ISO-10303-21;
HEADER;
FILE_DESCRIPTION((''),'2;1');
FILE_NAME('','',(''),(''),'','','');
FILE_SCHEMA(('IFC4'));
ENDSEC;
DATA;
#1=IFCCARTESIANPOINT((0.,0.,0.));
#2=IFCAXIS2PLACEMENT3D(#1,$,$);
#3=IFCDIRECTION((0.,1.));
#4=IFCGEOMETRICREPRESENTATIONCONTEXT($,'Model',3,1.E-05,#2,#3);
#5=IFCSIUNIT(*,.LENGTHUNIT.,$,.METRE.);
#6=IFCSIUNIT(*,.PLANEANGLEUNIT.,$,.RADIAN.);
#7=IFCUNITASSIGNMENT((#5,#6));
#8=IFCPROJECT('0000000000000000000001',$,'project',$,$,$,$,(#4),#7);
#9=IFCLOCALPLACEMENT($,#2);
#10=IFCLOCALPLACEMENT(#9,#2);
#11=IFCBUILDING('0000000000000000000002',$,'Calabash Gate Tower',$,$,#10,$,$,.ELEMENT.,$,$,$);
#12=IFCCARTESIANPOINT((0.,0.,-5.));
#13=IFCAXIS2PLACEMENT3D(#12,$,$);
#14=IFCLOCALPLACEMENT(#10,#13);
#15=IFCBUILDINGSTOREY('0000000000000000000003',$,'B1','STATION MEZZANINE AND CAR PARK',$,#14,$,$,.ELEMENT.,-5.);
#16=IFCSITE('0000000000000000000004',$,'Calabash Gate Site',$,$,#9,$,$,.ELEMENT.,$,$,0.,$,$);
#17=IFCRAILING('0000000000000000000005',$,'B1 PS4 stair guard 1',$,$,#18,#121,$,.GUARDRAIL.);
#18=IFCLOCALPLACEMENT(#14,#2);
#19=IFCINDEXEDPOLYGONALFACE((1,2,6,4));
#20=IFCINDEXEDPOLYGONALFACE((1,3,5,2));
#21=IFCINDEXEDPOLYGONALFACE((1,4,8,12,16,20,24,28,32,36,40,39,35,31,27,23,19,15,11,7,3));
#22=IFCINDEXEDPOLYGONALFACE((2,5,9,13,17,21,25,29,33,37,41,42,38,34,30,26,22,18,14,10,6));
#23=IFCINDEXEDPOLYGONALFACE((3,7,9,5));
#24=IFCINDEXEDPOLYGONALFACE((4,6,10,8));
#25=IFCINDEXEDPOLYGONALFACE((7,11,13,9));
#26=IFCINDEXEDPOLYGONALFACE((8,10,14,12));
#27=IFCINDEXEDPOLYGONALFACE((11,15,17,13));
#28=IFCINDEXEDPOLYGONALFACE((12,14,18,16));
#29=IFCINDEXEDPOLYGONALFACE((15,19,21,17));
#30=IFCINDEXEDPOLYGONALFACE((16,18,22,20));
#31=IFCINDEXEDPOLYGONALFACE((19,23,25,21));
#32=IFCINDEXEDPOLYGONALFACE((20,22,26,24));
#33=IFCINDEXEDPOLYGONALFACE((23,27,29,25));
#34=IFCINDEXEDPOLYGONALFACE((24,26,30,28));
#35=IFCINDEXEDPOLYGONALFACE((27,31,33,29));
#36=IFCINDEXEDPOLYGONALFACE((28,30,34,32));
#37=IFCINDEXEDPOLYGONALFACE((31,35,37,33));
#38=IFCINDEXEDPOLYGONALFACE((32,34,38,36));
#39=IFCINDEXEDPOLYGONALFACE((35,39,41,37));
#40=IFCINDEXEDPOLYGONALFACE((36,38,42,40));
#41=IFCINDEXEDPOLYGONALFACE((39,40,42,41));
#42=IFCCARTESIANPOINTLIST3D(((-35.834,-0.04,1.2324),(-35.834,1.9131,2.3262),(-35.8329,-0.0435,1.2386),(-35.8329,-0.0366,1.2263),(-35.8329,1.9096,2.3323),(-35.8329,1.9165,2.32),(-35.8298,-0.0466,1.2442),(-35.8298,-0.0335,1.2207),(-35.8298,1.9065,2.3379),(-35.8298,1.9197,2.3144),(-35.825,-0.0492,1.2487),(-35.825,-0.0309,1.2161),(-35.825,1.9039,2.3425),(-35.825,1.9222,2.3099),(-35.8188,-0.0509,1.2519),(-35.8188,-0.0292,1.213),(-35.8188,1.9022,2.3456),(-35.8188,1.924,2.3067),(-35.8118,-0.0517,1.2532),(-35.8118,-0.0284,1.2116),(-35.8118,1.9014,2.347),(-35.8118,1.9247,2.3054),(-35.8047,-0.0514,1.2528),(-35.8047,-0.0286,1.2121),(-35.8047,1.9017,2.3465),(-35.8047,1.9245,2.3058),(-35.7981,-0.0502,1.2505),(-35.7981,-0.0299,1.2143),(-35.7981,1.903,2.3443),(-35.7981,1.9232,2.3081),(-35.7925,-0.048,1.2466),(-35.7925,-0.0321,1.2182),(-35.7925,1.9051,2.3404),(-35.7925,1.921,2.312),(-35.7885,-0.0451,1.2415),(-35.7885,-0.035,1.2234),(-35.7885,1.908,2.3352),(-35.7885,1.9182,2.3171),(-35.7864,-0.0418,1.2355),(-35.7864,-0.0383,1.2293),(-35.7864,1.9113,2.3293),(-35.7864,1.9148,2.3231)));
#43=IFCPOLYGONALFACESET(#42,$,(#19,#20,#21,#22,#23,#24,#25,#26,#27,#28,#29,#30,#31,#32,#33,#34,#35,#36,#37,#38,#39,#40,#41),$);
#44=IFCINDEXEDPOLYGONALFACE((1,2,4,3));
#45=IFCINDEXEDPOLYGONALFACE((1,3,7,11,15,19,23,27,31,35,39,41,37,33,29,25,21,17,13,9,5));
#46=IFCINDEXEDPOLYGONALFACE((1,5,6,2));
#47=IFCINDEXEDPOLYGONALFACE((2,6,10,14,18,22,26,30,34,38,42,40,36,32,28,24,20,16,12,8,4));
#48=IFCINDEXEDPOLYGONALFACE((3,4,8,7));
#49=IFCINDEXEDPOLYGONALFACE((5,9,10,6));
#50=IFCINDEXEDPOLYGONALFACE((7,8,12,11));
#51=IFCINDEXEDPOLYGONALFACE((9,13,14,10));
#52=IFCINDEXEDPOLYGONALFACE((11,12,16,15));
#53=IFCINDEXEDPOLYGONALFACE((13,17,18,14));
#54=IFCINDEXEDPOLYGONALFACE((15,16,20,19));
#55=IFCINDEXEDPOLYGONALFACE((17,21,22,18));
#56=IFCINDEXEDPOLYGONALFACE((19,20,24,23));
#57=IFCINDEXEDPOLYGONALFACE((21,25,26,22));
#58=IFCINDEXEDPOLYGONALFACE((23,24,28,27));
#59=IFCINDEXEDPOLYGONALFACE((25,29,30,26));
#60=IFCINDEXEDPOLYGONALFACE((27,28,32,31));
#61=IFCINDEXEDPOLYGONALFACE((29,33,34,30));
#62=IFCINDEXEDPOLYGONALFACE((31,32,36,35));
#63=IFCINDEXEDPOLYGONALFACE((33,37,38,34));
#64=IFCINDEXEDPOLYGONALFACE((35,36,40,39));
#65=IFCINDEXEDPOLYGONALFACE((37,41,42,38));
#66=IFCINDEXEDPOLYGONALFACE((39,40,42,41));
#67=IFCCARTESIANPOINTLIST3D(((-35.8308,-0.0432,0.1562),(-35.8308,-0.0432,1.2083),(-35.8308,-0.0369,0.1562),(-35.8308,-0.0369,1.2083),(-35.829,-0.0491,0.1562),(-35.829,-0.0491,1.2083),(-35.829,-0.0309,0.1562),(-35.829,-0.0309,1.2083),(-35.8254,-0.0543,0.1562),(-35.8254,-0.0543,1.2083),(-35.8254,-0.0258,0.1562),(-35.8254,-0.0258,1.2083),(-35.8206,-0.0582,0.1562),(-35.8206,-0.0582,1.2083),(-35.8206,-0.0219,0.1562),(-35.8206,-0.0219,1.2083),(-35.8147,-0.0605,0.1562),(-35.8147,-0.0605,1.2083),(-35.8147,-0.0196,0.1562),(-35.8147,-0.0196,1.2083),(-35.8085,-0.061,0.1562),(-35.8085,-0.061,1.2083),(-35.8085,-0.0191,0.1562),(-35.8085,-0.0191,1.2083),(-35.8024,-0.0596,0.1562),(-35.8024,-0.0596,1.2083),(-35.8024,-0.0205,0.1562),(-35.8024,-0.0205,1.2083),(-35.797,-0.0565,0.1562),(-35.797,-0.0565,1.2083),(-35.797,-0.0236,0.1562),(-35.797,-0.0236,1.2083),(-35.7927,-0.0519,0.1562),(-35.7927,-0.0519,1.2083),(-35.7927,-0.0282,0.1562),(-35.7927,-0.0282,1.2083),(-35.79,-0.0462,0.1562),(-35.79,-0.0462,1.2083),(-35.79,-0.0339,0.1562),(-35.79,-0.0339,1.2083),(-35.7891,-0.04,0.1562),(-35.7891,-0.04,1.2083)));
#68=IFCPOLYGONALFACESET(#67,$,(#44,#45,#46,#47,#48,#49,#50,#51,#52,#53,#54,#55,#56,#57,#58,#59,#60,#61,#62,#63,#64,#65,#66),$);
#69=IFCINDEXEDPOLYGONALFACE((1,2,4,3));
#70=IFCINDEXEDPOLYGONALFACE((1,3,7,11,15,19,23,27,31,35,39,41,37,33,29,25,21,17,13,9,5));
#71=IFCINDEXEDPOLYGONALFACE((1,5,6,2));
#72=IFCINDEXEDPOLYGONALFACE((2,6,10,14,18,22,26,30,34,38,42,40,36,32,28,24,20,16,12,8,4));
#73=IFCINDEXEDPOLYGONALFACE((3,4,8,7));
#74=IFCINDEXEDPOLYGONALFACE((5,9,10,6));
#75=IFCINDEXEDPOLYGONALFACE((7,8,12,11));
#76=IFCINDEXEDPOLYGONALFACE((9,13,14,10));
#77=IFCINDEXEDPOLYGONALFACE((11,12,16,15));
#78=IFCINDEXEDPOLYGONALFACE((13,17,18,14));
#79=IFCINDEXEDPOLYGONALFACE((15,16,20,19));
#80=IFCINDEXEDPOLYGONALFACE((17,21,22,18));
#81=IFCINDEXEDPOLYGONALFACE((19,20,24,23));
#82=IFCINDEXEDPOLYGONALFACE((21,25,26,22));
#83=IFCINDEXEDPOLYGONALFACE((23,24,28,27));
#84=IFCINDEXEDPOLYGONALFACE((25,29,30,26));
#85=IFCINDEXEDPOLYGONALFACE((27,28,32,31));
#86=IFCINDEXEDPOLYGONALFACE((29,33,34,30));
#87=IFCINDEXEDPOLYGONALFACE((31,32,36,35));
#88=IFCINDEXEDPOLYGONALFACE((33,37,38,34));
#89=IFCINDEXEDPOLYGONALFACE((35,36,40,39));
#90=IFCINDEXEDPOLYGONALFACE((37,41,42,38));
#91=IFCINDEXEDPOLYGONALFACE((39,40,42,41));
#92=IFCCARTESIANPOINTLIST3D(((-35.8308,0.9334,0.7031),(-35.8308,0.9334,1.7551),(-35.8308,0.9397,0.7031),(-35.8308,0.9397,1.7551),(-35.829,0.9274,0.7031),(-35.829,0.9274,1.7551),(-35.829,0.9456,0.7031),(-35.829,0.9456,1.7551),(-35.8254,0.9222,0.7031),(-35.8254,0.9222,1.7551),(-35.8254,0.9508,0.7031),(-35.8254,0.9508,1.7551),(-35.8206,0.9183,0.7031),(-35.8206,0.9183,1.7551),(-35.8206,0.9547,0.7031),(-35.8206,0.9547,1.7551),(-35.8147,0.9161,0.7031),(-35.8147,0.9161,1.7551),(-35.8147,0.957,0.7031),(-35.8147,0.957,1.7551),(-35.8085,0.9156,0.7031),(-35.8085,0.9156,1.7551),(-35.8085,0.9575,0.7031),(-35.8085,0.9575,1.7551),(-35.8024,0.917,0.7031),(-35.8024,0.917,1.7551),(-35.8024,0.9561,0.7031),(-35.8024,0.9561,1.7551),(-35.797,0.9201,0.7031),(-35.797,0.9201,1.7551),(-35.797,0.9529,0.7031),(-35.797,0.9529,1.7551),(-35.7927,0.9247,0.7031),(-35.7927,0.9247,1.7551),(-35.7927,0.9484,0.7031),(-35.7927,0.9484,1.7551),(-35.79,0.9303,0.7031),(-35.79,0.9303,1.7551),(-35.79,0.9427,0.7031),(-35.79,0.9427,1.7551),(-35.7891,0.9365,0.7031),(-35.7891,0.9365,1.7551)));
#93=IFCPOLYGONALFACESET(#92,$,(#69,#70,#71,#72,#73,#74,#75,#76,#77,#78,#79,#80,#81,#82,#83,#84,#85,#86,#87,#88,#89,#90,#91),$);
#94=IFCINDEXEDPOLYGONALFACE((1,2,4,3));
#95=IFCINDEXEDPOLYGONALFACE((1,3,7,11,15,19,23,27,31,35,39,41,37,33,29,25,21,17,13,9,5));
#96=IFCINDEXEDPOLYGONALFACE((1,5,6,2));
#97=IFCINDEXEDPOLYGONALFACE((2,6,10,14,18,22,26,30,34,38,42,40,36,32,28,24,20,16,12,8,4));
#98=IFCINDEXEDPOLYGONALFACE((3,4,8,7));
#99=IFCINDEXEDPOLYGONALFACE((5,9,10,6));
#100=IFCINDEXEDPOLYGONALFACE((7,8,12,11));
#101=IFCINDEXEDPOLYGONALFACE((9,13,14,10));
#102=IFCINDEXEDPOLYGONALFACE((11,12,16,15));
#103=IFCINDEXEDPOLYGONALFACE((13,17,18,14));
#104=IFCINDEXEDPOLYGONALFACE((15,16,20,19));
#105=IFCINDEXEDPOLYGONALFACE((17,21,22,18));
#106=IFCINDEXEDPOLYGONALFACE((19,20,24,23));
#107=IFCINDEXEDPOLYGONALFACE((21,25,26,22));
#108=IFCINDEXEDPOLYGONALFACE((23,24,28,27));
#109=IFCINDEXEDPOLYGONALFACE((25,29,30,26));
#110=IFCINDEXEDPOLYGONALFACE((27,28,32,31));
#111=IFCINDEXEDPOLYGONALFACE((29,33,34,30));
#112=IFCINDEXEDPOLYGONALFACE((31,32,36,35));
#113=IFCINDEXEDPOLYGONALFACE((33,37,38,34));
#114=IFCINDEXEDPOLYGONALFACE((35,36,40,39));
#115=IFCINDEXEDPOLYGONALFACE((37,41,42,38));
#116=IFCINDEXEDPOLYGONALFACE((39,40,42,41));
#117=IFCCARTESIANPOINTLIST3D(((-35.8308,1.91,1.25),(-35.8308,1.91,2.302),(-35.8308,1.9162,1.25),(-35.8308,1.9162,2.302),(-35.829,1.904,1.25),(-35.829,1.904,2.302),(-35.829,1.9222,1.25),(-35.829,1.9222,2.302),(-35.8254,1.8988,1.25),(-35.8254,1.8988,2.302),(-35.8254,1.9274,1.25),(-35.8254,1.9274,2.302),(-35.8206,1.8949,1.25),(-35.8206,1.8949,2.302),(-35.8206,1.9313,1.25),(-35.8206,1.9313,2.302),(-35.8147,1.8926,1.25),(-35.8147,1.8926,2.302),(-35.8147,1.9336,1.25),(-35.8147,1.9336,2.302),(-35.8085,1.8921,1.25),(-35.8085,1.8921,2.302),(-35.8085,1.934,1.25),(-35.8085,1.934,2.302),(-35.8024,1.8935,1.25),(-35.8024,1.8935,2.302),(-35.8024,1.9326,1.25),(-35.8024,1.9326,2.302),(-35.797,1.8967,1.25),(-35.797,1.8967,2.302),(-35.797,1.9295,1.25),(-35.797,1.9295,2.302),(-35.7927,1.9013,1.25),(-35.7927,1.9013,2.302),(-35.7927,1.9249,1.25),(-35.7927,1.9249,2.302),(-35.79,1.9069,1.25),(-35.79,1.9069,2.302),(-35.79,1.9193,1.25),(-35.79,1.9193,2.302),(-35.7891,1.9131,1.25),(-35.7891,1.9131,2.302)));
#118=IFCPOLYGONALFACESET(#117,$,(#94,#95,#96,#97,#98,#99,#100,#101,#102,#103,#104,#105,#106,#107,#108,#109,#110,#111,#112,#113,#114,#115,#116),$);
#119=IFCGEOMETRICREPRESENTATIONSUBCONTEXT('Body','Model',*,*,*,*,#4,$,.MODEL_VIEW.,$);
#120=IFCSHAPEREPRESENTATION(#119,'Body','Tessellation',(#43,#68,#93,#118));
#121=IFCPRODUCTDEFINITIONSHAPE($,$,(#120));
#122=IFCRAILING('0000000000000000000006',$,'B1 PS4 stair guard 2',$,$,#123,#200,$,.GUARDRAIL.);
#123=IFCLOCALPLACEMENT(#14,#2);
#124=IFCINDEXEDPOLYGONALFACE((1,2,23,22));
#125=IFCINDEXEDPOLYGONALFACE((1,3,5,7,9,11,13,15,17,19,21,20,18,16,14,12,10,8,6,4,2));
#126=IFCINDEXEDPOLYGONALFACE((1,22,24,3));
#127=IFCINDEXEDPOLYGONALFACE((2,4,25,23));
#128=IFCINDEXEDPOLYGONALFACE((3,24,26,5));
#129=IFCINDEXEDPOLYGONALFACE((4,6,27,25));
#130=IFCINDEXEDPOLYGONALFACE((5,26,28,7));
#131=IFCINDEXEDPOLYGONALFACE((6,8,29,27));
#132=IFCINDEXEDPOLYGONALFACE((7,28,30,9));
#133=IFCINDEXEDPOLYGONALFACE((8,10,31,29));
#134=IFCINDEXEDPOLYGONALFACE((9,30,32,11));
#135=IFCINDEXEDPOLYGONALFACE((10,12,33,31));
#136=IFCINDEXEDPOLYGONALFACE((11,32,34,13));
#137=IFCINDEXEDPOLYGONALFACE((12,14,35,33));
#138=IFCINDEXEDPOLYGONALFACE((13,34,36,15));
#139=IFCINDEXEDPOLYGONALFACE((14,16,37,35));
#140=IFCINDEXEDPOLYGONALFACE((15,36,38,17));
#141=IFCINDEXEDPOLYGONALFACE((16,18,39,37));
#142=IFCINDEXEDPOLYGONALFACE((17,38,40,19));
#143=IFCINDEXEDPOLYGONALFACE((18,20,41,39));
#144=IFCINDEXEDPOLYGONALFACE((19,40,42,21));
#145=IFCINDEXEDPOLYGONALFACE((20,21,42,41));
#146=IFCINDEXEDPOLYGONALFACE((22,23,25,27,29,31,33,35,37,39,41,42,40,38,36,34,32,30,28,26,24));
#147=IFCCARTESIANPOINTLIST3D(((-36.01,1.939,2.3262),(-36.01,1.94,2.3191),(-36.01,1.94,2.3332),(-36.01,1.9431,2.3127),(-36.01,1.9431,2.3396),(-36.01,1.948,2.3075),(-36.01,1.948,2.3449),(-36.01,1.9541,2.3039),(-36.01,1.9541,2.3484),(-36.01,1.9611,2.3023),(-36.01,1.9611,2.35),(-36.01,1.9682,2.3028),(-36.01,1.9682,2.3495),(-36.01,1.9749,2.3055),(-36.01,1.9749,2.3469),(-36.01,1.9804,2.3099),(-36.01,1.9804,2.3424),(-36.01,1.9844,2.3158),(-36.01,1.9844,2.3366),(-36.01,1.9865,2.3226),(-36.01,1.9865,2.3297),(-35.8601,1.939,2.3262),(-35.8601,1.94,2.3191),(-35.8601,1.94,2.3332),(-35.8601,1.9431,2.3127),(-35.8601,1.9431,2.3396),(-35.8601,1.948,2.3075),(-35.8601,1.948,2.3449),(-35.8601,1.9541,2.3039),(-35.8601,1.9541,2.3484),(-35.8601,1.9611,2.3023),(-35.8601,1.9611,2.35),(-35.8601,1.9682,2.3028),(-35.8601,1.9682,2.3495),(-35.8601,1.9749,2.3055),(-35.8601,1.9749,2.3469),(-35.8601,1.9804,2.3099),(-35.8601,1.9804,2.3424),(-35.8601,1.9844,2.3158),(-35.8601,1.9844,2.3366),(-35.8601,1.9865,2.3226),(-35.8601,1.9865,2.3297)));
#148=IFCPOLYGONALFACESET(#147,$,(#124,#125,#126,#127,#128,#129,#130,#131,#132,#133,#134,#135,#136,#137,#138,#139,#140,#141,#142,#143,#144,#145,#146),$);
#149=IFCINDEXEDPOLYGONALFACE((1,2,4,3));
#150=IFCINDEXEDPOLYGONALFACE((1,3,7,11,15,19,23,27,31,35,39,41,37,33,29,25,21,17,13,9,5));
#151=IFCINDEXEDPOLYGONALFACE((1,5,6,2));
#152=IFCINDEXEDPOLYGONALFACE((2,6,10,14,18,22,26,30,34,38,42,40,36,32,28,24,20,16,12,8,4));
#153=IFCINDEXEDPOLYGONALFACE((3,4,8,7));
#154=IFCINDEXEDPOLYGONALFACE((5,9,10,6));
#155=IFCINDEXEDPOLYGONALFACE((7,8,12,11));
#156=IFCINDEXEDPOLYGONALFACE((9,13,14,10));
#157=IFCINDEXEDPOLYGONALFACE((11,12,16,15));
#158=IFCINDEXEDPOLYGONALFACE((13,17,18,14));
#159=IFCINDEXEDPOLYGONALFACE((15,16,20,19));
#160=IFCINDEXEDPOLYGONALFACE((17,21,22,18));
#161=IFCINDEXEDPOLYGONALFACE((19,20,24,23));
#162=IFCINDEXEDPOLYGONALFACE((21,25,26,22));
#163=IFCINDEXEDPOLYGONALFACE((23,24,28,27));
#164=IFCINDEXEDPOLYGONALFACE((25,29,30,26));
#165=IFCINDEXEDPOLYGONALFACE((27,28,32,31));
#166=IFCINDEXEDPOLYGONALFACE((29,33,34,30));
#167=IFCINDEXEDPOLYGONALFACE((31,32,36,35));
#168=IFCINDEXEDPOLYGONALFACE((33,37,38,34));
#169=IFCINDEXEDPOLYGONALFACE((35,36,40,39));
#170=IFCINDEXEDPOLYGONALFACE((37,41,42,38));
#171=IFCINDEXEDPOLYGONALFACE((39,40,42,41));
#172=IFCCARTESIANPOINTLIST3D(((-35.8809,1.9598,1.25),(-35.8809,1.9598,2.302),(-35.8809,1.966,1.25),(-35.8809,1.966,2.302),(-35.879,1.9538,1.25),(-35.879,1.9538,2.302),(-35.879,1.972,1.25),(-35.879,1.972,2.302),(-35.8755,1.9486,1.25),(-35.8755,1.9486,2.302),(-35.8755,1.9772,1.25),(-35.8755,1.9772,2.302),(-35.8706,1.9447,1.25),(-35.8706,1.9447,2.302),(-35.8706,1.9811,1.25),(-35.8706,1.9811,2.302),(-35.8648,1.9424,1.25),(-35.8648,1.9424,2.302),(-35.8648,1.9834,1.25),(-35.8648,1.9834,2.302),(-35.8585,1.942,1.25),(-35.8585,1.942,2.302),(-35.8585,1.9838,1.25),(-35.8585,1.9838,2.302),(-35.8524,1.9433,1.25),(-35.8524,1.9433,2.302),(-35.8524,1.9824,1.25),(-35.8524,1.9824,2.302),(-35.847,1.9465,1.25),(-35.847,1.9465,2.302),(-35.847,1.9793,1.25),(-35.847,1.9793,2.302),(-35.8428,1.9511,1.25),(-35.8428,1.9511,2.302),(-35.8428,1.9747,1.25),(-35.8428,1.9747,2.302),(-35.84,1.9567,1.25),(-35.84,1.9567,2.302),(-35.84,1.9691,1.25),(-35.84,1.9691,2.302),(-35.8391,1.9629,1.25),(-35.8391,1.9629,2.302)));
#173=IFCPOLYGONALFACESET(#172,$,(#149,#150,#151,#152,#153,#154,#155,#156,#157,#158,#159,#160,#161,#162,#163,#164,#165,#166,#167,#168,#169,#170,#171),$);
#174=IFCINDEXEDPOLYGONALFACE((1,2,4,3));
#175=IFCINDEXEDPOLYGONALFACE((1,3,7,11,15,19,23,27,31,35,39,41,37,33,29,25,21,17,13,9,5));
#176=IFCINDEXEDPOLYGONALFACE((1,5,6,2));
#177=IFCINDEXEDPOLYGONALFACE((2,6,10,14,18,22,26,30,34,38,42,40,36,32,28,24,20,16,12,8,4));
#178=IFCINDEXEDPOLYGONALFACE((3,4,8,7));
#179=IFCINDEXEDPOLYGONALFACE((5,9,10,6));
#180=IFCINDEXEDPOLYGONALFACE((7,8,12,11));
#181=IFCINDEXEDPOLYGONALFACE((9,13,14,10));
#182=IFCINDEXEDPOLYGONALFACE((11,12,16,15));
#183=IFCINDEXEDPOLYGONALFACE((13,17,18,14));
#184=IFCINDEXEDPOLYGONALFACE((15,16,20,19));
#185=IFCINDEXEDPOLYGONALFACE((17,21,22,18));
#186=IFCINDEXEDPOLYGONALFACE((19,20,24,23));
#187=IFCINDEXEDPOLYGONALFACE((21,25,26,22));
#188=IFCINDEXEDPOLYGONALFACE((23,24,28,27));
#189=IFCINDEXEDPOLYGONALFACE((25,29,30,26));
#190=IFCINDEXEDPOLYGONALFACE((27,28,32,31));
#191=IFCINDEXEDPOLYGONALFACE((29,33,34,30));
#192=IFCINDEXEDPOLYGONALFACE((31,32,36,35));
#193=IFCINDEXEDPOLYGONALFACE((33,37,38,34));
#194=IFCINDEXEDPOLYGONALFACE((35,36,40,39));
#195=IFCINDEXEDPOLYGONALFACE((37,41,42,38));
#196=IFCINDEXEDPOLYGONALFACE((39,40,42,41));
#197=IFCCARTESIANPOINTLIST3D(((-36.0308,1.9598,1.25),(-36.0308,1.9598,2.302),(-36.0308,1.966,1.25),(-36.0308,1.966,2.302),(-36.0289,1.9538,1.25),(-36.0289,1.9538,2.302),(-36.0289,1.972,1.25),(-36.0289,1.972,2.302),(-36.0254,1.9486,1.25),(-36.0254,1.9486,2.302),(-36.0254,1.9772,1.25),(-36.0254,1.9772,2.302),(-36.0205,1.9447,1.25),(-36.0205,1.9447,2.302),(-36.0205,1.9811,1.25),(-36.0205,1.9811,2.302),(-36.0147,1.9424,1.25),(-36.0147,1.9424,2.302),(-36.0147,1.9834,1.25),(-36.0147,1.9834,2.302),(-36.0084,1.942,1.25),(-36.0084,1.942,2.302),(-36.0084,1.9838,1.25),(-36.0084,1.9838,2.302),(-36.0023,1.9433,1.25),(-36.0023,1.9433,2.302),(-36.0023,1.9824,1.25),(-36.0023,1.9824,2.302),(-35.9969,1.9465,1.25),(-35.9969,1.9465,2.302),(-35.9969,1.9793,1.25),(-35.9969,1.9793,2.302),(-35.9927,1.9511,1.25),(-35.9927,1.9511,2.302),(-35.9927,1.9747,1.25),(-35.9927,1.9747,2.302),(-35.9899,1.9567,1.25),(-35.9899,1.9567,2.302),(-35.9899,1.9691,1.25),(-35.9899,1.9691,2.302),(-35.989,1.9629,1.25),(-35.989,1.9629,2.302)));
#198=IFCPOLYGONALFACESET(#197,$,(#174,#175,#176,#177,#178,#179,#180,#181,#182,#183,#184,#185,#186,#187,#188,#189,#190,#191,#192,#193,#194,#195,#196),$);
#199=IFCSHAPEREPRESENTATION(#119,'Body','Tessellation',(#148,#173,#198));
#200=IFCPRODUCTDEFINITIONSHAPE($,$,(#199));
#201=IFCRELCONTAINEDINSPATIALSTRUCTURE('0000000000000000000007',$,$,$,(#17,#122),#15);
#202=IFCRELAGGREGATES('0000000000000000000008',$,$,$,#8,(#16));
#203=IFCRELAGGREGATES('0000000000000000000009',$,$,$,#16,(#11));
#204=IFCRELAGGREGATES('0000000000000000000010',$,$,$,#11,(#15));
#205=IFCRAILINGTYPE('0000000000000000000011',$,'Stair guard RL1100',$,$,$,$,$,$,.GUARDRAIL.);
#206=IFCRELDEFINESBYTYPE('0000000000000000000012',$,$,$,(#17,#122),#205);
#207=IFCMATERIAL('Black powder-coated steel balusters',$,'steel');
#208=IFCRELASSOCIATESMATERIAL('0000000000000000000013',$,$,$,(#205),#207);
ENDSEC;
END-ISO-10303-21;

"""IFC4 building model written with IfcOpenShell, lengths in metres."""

from ifc_helpers import new_model, si_unit, direction, frame, origin, origin_2d, place, context, subcontext, project, spatial, circle, extrude, material, type_object, element, save


model = new_model("IFC4")

# Units and contexts
model_context = context("Model", 3, precision=1e-05, world=origin(), true_north=direction((0.0, 1.0)))
body_context = subcontext(model_context, "Body", "Model", "MODEL_VIEW")
ifc_project = project(units=[si_unit("LENGTHUNIT", "METRE"), si_unit("PLANEANGLEUNIT", "RADIAN")], contexts=[model_context])

# Site, building, storey
site_placement = place(None, origin())
site = spatial("IfcSite", under=ifc_project, at=site_placement, Name="Calabash Gate Site", CompositionType="ELEMENT", RefElevation=0.0)
building_placement = place(site_placement, origin())
building = spatial("IfcBuilding", under=site, at=building_placement, Name="Calabash Gate Tower", CompositionType="ELEMENT")
storey_placement = place(building_placement, frame((0.0, 0.0, -5.0)))
storey = spatial("IfcBuildingStorey", under=building, at=storey_placement, Name="B1", Description="STATION MEZZANINE AND CAR PARK", CompositionType="ELEMENT", Elevation=-5.0)

# Railings
ifc_material_1 = material(Name="Black powder-coated steel balusters", Category="steel")
railing_type_1 = type_object("IfcRailingType", Name="Stair guard RL1100", PredefinedType="GUARDRAIL", material=ifc_material_1)
railing_1_placement = place(storey_placement, frame((-35.8101, -0.04, 0.1562)))
element("IfcRailing", 1, at=railing_1_placement, inside=storey, type_object=railing_type_1, Name="B1 PS4 stair guard 1", PredefinedType="GUARDRAIL", context=body_context, shape_type="SweptSolid", body=[
    extrude(circle(Radius=0.0239, at=origin_2d()), frame((0.0, 0.0, 1.0762), z_axis=(0.0, 0.872506, 0.488603), x_axis=(-1.0, 0.0, 0.0)), (0.0, 0.0, 1.0), 2.2385),
    extrude(circle(Radius=0.021, at=origin_2d()), origin(), (0.0, 0.0, 1.0), 1.052),
    extrude(circle(Radius=0.021, at=origin_2d()), frame((0.0, 0.9766, 0.5469)), (0.0, 0.0, 1.0), 1.052),
    extrude(circle(Radius=0.021, at=origin_2d()), frame((0.0, 1.9531, 1.0938)), (0.0, 0.0, 1.0), 1.052),
])
railing_2_placement = place(storey_placement, frame((-35.8601, 1.9629, 1.25)))
element("IfcRailing", 2, at=railing_2_placement, inside=storey, type_object=railing_type_1, Name="B1 PS4 stair guard 2", PredefinedType="GUARDRAIL", context=body_context, shape_type="SweptSolid", body=[
    extrude(circle(Radius=0.0239, at=origin_2d()), frame((0.0, 0.0, 1.0762), z_axis=(-1.0, 0.0, 0.0), x_axis=(0.0, -1.0, 0.0)), (0.0, 0.0, 1.0), 0.1499),
    extrude(circle(Radius=0.021, at=origin_2d()), origin(), (0.0, 0.0, 1.0), 1.052),
    extrude(circle(Radius=0.021, at=origin_2d()), frame((-0.1499, 0.0, 0.0)), (0.0, 0.0, 1.0), 1.052),
])

save(model, "model.ifc")
